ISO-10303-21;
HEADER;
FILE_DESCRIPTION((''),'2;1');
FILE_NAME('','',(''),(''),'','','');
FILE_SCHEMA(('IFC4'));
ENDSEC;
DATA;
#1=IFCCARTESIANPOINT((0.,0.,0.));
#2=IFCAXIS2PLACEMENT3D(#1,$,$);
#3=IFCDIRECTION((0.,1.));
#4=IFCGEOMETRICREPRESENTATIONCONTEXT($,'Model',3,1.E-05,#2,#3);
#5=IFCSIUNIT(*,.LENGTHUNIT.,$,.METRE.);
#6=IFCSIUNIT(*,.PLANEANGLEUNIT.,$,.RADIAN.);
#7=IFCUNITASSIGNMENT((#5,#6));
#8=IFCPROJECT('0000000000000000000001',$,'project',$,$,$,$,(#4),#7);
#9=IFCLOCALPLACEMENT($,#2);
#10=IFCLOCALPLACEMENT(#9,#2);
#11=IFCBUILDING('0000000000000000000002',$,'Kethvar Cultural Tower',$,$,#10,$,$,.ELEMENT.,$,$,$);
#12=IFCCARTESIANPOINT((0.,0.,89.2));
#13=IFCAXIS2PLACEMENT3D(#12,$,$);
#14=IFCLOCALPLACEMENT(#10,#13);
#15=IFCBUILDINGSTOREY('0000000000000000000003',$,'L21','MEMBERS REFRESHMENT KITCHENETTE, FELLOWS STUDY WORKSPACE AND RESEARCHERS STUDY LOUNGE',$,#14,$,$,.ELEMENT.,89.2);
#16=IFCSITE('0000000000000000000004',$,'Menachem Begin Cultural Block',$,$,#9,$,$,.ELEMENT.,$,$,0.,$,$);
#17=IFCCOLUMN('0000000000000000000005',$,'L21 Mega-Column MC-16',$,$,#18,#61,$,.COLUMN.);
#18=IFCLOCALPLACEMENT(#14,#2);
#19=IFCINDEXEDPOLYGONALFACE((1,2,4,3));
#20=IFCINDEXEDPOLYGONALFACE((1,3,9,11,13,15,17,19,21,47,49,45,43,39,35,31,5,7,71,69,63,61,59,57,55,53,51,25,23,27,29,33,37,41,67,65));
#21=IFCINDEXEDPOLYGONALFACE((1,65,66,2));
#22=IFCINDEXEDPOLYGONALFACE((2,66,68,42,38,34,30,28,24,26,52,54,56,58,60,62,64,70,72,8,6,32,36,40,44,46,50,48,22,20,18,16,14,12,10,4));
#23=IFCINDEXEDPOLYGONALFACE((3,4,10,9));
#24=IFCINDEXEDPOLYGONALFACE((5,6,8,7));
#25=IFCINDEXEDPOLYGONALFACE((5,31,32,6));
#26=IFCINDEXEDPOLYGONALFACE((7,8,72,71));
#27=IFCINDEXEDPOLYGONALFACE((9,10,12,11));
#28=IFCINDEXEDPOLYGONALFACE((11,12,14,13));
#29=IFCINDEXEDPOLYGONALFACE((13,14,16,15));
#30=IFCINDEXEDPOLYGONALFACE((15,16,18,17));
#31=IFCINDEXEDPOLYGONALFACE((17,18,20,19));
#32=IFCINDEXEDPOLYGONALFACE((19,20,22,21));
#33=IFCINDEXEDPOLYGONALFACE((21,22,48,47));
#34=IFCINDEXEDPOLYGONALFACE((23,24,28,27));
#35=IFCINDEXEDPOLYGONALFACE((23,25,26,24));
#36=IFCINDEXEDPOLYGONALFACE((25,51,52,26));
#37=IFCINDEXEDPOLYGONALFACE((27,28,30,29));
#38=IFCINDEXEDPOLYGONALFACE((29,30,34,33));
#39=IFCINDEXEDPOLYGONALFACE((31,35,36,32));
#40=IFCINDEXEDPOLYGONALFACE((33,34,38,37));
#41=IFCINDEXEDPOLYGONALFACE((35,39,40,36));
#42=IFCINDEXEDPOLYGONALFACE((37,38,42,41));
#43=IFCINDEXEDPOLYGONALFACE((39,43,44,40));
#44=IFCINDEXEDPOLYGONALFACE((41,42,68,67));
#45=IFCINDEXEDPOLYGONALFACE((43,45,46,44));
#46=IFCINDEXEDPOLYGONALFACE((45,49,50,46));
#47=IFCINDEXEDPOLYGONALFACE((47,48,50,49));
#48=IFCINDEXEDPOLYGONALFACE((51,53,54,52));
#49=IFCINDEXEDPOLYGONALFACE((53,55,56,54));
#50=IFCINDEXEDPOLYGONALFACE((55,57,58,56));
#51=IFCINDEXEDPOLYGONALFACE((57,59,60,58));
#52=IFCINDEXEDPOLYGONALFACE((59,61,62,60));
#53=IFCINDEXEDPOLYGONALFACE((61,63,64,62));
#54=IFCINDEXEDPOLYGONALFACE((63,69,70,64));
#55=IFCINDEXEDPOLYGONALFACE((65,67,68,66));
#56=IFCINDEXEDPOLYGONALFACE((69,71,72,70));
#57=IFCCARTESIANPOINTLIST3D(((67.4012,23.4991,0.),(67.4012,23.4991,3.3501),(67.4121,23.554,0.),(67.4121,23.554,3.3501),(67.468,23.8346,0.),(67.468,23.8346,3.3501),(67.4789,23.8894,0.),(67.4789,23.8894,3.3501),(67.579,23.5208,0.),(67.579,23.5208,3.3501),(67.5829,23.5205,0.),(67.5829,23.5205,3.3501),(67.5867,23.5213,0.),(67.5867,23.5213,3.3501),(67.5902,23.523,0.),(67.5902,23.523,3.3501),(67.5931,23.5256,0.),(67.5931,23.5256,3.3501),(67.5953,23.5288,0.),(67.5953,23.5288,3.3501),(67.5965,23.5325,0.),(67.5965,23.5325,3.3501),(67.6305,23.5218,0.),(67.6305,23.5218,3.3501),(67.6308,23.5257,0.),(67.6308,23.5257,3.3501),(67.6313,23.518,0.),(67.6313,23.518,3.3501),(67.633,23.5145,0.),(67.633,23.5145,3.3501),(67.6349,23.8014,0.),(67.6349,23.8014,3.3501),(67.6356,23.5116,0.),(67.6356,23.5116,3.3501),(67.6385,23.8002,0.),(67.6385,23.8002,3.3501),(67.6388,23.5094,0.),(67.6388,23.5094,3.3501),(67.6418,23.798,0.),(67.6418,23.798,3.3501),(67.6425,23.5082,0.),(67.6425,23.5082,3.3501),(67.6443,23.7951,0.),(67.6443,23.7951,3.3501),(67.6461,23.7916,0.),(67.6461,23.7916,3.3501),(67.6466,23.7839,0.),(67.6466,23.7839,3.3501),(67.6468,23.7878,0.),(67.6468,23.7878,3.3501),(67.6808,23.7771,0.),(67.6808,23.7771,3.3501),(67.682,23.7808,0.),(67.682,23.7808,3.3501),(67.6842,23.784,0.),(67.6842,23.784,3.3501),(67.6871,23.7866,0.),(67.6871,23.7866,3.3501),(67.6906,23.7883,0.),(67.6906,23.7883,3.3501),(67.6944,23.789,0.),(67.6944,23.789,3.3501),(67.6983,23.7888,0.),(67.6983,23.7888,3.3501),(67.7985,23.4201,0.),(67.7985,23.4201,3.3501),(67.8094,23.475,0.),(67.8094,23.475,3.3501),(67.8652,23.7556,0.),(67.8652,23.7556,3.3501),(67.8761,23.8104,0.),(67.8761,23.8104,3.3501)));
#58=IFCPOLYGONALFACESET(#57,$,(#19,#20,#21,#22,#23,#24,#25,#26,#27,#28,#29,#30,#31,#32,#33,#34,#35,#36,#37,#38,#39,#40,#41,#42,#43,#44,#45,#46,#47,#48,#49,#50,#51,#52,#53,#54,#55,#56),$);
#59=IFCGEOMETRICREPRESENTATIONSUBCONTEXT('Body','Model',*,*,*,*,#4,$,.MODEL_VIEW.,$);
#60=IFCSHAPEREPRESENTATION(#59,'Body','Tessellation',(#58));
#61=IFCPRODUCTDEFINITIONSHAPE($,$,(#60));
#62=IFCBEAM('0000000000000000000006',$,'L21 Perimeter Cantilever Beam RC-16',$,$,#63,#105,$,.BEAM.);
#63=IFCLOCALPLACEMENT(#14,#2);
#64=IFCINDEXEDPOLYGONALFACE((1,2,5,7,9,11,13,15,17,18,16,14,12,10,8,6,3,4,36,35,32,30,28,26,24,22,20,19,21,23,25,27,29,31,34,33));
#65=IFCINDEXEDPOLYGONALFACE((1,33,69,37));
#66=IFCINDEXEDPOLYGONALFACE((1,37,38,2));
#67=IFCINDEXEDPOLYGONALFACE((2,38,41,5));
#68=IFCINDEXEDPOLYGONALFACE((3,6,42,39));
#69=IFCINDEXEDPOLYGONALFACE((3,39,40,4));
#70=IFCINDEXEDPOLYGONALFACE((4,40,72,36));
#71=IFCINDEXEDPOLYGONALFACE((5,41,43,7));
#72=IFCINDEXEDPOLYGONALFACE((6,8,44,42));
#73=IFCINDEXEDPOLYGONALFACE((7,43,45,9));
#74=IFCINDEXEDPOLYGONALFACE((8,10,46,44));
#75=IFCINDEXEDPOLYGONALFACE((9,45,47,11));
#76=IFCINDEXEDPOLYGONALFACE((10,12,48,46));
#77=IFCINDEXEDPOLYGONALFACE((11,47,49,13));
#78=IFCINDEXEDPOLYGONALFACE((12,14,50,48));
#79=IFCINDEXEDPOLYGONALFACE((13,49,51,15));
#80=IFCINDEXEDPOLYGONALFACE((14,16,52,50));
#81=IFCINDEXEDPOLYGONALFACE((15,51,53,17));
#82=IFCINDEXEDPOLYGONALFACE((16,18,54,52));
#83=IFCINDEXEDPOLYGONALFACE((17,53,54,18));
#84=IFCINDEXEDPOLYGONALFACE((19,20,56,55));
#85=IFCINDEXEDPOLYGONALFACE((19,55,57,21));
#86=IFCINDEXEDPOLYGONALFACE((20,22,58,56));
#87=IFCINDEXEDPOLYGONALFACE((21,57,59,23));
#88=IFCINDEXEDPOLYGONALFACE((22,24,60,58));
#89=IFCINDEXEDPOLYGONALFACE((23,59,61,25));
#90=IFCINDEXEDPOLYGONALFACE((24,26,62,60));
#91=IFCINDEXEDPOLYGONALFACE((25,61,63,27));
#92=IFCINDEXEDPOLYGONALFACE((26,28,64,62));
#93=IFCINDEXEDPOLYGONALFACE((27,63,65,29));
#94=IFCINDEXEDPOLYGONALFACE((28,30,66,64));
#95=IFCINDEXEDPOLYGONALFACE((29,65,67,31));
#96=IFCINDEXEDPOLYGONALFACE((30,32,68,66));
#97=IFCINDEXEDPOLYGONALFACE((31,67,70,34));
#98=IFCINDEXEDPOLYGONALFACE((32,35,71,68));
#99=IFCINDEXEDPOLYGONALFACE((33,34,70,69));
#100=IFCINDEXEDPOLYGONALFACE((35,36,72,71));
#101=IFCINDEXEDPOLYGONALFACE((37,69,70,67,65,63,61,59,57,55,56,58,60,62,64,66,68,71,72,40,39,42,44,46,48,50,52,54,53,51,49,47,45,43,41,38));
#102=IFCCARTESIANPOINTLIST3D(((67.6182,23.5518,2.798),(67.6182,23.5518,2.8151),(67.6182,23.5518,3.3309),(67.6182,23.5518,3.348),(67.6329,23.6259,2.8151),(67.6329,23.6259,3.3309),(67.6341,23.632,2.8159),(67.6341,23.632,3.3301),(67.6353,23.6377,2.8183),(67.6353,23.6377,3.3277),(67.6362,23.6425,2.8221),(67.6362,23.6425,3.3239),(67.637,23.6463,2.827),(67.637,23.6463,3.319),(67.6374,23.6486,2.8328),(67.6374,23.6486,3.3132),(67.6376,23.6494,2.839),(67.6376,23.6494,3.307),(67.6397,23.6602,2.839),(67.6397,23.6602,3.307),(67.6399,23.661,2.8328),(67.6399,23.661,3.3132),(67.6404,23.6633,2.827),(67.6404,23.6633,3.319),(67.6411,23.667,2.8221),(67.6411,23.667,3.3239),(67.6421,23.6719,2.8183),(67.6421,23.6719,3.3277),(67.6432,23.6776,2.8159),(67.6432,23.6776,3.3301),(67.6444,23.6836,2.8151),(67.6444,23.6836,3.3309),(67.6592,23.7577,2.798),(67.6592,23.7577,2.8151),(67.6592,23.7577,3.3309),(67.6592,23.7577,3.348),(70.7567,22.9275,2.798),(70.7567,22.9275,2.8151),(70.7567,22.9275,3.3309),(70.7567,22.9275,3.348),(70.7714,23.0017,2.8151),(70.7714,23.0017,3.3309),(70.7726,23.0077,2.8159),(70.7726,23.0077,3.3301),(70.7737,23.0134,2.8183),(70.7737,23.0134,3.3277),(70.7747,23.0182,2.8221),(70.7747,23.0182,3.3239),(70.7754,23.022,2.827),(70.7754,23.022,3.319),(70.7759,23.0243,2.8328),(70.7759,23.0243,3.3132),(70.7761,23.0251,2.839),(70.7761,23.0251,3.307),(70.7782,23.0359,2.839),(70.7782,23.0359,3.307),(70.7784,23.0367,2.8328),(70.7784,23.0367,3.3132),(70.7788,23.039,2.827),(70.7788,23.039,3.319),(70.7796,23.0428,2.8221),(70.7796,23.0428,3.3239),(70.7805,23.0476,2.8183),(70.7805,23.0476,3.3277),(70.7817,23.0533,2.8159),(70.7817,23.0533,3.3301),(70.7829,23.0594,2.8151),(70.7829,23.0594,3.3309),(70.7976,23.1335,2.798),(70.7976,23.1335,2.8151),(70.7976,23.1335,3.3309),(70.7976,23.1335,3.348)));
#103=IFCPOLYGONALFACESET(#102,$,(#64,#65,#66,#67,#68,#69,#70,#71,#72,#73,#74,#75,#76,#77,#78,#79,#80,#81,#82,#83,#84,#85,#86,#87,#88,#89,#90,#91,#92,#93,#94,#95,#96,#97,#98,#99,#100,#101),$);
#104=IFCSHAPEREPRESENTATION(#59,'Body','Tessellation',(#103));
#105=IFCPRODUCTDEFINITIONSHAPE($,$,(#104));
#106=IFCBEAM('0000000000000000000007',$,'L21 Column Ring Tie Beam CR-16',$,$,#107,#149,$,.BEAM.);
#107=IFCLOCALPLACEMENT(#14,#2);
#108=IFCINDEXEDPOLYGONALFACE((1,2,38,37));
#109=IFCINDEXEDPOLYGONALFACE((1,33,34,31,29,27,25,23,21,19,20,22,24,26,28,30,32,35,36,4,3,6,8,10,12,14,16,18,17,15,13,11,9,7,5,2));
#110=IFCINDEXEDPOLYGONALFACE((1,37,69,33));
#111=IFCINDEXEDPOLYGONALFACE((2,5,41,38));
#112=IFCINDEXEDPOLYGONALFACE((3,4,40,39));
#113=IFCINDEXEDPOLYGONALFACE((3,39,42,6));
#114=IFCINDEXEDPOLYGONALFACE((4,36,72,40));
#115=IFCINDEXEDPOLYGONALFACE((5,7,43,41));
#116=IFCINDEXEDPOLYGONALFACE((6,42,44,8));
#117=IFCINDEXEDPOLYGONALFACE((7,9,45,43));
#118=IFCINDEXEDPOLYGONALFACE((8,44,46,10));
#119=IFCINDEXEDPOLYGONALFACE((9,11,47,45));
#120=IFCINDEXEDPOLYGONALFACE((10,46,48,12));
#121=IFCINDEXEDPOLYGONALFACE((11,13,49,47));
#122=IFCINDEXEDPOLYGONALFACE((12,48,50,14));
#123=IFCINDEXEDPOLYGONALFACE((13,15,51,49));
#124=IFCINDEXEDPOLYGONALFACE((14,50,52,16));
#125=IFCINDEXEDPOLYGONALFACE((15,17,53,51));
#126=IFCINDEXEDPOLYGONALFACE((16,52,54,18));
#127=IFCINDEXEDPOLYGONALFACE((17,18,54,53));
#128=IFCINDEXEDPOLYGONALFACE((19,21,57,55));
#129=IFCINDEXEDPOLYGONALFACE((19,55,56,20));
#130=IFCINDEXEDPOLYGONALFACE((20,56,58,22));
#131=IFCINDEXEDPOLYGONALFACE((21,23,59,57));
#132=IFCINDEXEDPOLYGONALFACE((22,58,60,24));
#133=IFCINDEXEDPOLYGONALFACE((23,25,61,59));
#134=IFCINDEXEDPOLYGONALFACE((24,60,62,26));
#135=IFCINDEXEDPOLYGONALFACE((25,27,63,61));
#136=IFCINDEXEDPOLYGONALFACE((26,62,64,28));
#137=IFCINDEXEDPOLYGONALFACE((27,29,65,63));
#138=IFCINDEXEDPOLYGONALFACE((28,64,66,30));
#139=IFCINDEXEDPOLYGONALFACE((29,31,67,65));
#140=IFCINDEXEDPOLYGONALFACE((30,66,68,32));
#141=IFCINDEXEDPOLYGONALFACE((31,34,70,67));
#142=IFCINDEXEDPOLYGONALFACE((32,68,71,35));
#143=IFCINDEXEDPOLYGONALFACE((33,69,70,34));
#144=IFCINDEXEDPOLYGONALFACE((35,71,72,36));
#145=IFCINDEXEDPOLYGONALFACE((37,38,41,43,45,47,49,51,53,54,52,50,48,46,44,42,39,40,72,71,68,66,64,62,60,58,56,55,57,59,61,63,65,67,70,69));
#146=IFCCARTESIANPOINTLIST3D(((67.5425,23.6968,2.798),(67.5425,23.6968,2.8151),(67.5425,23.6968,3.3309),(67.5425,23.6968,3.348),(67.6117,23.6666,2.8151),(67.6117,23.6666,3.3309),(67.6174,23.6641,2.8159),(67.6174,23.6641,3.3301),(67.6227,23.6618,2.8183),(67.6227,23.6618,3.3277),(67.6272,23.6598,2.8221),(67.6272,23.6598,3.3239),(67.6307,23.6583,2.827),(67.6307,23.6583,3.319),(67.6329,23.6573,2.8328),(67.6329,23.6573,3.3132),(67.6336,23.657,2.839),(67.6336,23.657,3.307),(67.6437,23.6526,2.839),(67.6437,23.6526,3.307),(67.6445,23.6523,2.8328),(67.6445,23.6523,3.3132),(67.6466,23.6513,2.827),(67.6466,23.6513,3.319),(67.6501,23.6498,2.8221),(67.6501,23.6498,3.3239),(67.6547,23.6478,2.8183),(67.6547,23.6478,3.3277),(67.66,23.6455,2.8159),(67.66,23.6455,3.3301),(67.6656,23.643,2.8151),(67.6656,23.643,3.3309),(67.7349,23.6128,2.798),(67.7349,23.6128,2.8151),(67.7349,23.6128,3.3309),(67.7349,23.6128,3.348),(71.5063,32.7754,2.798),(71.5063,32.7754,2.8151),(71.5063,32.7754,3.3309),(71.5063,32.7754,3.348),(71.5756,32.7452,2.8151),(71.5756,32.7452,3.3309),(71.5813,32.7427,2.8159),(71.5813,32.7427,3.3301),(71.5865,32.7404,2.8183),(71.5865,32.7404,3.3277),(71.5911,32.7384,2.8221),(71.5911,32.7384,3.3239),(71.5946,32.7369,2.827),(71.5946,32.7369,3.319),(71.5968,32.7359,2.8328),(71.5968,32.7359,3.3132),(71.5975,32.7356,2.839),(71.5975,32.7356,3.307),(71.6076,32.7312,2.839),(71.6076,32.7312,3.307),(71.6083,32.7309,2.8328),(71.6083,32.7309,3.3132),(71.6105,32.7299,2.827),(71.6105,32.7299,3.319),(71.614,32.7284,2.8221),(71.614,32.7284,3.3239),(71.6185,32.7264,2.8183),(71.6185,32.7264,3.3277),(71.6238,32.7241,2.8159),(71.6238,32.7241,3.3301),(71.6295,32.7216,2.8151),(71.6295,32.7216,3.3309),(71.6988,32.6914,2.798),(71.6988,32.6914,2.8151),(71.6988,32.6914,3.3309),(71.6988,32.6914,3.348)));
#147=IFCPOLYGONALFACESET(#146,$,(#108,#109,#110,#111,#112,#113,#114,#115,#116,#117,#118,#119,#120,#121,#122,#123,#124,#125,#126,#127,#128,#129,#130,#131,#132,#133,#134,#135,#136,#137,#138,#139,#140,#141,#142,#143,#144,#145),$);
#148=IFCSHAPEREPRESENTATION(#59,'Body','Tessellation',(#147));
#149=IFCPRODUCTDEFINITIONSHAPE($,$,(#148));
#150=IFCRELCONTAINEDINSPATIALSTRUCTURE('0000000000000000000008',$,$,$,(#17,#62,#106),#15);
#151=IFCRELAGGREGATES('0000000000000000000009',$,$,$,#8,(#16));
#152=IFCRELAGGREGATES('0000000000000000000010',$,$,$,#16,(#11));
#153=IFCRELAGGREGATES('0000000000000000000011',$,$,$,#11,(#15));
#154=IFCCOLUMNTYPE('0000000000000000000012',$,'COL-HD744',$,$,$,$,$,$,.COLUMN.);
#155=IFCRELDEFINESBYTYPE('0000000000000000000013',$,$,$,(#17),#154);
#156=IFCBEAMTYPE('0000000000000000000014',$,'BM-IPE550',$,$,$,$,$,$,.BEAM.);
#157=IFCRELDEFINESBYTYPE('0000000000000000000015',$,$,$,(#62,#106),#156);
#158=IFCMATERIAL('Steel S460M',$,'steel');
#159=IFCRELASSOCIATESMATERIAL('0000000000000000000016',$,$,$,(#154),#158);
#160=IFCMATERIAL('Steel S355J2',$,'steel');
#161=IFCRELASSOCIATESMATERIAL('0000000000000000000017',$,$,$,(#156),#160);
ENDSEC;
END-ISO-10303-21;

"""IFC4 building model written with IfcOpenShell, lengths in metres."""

from ifc_helpers import new_model, si_unit, direction, frame, origin, origin_2d, place, context, subcontext, project, spatial, i_section, extrude, source, transform, mapped, material, material_profile, profile_set, type_object, element, save


model = new_model("IFC4")

# Units and contexts
model_context = context("Model", 3, precision=1e-05, world=origin(), true_north=direction((0.0, 1.0)))
body_context = subcontext(model_context, "Body", "Model", "MODEL_VIEW")
ifc_project = project(units=[si_unit("LENGTHUNIT", "METRE"), si_unit("PLANEANGLEUNIT", "RADIAN")], contexts=[model_context])

# Site, building, storey
site_placement = place(None, origin())
site = spatial("IfcSite", under=ifc_project, at=site_placement, Name="Menachem Begin Cultural Block", CompositionType="ELEMENT", RefElevation=0.0)
building_placement = place(site_placement, origin())
building = spatial("IfcBuilding", under=site, at=building_placement, Name="Kethvar Cultural Tower", CompositionType="ELEMENT")
storey_placement = place(building_placement, frame((0.0, 0.0, 89.2)))
storey = spatial("IfcBuildingStorey", under=building, at=storey_placement, Name="L21", Description="MEMBERS REFRESHMENT KITCHENETTE, FELLOWS STUDY WORKSPACE AND RESEARCHERS STUDY LOUNGE", CompositionType="ELEMENT", Elevation=89.2)

# Column
ifc_material_1 = material(Name="Steel S460M", Category="steel")
ifc_material_profile_1 = material_profile(ifc_material_1, i_section(OverallWidth=0.405, OverallDepth=0.3979, WebThickness=0.0349, FlangeThickness=0.0559, FilletRadius=0.0149, at=origin_2d()), Name="Steel S460M — HD400x744")
ifc_profile_set_1 = profile_set([ifc_material_profile_1], Name="Steel S460M — HD400x744")
column_type = type_object("IfcColumnType", Name="COL-HD744", PredefinedType="COLUMN", material=ifc_profile_set_1)
shared_shape_1 = source(origin(), body_context, "Body", "SweptSolid", [
    extrude(i_section(OverallWidth=0.405, OverallDepth=0.3979, WebThickness=0.0349, FlangeThickness=0.0559, FilletRadius=0.0149, at=origin_2d()), origin(), (0.0, 0.0, 1.0), 3.3501),
])
column_placement = place(storey_placement, frame((67.6387, 23.6548, 0.0), z_axis=(0.0, 0.0, 1.0), x_axis=(0.980785, -0.19509, 0.0)))
element("IfcColumn", 1, at=column_placement, inside=storey, type_object=column_type, Name="L21 Mega-Column MC-16", PredefinedType="COLUMN", context=body_context, shape_type="MappedRepresentation", body=[
    mapped(shared_shape_1, transform((0.0, 0.0, 0.0), scale=1.0)),
])

# Beams
ifc_material_2 = material(Name="Steel S355J2", Category="steel")
ifc_material_profile_2 = material_profile(ifc_material_2, i_section(OverallWidth=0.21, OverallDepth=0.55, WebThickness=0.011, FlangeThickness=0.0171, FilletRadius=0.0239, at=origin_2d()), Name="Steel S355J2 — IPE550")
ifc_profile_set_2 = profile_set([ifc_material_profile_2], Name="Steel S355J2 — IPE550")
beam_type_1 = type_object("IfcBeamType", Name="BM-IPE550", PredefinedType="BEAM", material=ifc_profile_set_2)
shared_shape_2 = source(origin(), body_context, "Body", "SweptSolid", [
    extrude(i_section(OverallWidth=0.21, OverallDepth=0.55, WebThickness=0.011, FlangeThickness=0.0171, FilletRadius=0.0239, at=origin_2d()), origin(), (0.0, 0.0, 1.0), 3.2),
])
beam_1_placement = place(storey_placement, frame((67.6387, 23.6548, 3.073), z_axis=(0.980786, -0.195089, 0.0), x_axis=(0.195089, 0.980786, 0.0)))
element("IfcBeam", 2, at=beam_1_placement, inside=storey, type_object=beam_type_1, Name="L21 Perimeter Cantilever Beam RC-16", PredefinedType="BEAM", context=body_context, shape_type="MappedRepresentation", body=[
    mapped(shared_shape_2, transform((0.0, 0.0, 0.0), scale=1.0)),
])
shared_shape_3 = source(origin(), body_context, "Body", "SweptSolid", [
    extrude(i_section(OverallWidth=0.21, OverallDepth=0.55, WebThickness=0.011, FlangeThickness=0.0171, FilletRadius=0.0239, at=origin_2d()), origin(), (0.0, 0.0, 1.0), 9.9062),
])
beam_2_placement = place(storey_placement, frame((67.6387, 23.6548, 3.073), z_axis=(0.400139, 0.916455, 0.0), x_axis=(-0.916455, 0.400139, 0.0)))
element("IfcBeam", 3, at=beam_2_placement, inside=storey, type_object=beam_type_1, Name="L21 Column Ring Tie Beam CR-16", PredefinedType="BEAM", context=body_context, shape_type="MappedRepresentation", body=[
    mapped(shared_shape_3, transform((0.0, 0.0, 0.0), scale=1.0)),
])

save(model, "model.ifc")
